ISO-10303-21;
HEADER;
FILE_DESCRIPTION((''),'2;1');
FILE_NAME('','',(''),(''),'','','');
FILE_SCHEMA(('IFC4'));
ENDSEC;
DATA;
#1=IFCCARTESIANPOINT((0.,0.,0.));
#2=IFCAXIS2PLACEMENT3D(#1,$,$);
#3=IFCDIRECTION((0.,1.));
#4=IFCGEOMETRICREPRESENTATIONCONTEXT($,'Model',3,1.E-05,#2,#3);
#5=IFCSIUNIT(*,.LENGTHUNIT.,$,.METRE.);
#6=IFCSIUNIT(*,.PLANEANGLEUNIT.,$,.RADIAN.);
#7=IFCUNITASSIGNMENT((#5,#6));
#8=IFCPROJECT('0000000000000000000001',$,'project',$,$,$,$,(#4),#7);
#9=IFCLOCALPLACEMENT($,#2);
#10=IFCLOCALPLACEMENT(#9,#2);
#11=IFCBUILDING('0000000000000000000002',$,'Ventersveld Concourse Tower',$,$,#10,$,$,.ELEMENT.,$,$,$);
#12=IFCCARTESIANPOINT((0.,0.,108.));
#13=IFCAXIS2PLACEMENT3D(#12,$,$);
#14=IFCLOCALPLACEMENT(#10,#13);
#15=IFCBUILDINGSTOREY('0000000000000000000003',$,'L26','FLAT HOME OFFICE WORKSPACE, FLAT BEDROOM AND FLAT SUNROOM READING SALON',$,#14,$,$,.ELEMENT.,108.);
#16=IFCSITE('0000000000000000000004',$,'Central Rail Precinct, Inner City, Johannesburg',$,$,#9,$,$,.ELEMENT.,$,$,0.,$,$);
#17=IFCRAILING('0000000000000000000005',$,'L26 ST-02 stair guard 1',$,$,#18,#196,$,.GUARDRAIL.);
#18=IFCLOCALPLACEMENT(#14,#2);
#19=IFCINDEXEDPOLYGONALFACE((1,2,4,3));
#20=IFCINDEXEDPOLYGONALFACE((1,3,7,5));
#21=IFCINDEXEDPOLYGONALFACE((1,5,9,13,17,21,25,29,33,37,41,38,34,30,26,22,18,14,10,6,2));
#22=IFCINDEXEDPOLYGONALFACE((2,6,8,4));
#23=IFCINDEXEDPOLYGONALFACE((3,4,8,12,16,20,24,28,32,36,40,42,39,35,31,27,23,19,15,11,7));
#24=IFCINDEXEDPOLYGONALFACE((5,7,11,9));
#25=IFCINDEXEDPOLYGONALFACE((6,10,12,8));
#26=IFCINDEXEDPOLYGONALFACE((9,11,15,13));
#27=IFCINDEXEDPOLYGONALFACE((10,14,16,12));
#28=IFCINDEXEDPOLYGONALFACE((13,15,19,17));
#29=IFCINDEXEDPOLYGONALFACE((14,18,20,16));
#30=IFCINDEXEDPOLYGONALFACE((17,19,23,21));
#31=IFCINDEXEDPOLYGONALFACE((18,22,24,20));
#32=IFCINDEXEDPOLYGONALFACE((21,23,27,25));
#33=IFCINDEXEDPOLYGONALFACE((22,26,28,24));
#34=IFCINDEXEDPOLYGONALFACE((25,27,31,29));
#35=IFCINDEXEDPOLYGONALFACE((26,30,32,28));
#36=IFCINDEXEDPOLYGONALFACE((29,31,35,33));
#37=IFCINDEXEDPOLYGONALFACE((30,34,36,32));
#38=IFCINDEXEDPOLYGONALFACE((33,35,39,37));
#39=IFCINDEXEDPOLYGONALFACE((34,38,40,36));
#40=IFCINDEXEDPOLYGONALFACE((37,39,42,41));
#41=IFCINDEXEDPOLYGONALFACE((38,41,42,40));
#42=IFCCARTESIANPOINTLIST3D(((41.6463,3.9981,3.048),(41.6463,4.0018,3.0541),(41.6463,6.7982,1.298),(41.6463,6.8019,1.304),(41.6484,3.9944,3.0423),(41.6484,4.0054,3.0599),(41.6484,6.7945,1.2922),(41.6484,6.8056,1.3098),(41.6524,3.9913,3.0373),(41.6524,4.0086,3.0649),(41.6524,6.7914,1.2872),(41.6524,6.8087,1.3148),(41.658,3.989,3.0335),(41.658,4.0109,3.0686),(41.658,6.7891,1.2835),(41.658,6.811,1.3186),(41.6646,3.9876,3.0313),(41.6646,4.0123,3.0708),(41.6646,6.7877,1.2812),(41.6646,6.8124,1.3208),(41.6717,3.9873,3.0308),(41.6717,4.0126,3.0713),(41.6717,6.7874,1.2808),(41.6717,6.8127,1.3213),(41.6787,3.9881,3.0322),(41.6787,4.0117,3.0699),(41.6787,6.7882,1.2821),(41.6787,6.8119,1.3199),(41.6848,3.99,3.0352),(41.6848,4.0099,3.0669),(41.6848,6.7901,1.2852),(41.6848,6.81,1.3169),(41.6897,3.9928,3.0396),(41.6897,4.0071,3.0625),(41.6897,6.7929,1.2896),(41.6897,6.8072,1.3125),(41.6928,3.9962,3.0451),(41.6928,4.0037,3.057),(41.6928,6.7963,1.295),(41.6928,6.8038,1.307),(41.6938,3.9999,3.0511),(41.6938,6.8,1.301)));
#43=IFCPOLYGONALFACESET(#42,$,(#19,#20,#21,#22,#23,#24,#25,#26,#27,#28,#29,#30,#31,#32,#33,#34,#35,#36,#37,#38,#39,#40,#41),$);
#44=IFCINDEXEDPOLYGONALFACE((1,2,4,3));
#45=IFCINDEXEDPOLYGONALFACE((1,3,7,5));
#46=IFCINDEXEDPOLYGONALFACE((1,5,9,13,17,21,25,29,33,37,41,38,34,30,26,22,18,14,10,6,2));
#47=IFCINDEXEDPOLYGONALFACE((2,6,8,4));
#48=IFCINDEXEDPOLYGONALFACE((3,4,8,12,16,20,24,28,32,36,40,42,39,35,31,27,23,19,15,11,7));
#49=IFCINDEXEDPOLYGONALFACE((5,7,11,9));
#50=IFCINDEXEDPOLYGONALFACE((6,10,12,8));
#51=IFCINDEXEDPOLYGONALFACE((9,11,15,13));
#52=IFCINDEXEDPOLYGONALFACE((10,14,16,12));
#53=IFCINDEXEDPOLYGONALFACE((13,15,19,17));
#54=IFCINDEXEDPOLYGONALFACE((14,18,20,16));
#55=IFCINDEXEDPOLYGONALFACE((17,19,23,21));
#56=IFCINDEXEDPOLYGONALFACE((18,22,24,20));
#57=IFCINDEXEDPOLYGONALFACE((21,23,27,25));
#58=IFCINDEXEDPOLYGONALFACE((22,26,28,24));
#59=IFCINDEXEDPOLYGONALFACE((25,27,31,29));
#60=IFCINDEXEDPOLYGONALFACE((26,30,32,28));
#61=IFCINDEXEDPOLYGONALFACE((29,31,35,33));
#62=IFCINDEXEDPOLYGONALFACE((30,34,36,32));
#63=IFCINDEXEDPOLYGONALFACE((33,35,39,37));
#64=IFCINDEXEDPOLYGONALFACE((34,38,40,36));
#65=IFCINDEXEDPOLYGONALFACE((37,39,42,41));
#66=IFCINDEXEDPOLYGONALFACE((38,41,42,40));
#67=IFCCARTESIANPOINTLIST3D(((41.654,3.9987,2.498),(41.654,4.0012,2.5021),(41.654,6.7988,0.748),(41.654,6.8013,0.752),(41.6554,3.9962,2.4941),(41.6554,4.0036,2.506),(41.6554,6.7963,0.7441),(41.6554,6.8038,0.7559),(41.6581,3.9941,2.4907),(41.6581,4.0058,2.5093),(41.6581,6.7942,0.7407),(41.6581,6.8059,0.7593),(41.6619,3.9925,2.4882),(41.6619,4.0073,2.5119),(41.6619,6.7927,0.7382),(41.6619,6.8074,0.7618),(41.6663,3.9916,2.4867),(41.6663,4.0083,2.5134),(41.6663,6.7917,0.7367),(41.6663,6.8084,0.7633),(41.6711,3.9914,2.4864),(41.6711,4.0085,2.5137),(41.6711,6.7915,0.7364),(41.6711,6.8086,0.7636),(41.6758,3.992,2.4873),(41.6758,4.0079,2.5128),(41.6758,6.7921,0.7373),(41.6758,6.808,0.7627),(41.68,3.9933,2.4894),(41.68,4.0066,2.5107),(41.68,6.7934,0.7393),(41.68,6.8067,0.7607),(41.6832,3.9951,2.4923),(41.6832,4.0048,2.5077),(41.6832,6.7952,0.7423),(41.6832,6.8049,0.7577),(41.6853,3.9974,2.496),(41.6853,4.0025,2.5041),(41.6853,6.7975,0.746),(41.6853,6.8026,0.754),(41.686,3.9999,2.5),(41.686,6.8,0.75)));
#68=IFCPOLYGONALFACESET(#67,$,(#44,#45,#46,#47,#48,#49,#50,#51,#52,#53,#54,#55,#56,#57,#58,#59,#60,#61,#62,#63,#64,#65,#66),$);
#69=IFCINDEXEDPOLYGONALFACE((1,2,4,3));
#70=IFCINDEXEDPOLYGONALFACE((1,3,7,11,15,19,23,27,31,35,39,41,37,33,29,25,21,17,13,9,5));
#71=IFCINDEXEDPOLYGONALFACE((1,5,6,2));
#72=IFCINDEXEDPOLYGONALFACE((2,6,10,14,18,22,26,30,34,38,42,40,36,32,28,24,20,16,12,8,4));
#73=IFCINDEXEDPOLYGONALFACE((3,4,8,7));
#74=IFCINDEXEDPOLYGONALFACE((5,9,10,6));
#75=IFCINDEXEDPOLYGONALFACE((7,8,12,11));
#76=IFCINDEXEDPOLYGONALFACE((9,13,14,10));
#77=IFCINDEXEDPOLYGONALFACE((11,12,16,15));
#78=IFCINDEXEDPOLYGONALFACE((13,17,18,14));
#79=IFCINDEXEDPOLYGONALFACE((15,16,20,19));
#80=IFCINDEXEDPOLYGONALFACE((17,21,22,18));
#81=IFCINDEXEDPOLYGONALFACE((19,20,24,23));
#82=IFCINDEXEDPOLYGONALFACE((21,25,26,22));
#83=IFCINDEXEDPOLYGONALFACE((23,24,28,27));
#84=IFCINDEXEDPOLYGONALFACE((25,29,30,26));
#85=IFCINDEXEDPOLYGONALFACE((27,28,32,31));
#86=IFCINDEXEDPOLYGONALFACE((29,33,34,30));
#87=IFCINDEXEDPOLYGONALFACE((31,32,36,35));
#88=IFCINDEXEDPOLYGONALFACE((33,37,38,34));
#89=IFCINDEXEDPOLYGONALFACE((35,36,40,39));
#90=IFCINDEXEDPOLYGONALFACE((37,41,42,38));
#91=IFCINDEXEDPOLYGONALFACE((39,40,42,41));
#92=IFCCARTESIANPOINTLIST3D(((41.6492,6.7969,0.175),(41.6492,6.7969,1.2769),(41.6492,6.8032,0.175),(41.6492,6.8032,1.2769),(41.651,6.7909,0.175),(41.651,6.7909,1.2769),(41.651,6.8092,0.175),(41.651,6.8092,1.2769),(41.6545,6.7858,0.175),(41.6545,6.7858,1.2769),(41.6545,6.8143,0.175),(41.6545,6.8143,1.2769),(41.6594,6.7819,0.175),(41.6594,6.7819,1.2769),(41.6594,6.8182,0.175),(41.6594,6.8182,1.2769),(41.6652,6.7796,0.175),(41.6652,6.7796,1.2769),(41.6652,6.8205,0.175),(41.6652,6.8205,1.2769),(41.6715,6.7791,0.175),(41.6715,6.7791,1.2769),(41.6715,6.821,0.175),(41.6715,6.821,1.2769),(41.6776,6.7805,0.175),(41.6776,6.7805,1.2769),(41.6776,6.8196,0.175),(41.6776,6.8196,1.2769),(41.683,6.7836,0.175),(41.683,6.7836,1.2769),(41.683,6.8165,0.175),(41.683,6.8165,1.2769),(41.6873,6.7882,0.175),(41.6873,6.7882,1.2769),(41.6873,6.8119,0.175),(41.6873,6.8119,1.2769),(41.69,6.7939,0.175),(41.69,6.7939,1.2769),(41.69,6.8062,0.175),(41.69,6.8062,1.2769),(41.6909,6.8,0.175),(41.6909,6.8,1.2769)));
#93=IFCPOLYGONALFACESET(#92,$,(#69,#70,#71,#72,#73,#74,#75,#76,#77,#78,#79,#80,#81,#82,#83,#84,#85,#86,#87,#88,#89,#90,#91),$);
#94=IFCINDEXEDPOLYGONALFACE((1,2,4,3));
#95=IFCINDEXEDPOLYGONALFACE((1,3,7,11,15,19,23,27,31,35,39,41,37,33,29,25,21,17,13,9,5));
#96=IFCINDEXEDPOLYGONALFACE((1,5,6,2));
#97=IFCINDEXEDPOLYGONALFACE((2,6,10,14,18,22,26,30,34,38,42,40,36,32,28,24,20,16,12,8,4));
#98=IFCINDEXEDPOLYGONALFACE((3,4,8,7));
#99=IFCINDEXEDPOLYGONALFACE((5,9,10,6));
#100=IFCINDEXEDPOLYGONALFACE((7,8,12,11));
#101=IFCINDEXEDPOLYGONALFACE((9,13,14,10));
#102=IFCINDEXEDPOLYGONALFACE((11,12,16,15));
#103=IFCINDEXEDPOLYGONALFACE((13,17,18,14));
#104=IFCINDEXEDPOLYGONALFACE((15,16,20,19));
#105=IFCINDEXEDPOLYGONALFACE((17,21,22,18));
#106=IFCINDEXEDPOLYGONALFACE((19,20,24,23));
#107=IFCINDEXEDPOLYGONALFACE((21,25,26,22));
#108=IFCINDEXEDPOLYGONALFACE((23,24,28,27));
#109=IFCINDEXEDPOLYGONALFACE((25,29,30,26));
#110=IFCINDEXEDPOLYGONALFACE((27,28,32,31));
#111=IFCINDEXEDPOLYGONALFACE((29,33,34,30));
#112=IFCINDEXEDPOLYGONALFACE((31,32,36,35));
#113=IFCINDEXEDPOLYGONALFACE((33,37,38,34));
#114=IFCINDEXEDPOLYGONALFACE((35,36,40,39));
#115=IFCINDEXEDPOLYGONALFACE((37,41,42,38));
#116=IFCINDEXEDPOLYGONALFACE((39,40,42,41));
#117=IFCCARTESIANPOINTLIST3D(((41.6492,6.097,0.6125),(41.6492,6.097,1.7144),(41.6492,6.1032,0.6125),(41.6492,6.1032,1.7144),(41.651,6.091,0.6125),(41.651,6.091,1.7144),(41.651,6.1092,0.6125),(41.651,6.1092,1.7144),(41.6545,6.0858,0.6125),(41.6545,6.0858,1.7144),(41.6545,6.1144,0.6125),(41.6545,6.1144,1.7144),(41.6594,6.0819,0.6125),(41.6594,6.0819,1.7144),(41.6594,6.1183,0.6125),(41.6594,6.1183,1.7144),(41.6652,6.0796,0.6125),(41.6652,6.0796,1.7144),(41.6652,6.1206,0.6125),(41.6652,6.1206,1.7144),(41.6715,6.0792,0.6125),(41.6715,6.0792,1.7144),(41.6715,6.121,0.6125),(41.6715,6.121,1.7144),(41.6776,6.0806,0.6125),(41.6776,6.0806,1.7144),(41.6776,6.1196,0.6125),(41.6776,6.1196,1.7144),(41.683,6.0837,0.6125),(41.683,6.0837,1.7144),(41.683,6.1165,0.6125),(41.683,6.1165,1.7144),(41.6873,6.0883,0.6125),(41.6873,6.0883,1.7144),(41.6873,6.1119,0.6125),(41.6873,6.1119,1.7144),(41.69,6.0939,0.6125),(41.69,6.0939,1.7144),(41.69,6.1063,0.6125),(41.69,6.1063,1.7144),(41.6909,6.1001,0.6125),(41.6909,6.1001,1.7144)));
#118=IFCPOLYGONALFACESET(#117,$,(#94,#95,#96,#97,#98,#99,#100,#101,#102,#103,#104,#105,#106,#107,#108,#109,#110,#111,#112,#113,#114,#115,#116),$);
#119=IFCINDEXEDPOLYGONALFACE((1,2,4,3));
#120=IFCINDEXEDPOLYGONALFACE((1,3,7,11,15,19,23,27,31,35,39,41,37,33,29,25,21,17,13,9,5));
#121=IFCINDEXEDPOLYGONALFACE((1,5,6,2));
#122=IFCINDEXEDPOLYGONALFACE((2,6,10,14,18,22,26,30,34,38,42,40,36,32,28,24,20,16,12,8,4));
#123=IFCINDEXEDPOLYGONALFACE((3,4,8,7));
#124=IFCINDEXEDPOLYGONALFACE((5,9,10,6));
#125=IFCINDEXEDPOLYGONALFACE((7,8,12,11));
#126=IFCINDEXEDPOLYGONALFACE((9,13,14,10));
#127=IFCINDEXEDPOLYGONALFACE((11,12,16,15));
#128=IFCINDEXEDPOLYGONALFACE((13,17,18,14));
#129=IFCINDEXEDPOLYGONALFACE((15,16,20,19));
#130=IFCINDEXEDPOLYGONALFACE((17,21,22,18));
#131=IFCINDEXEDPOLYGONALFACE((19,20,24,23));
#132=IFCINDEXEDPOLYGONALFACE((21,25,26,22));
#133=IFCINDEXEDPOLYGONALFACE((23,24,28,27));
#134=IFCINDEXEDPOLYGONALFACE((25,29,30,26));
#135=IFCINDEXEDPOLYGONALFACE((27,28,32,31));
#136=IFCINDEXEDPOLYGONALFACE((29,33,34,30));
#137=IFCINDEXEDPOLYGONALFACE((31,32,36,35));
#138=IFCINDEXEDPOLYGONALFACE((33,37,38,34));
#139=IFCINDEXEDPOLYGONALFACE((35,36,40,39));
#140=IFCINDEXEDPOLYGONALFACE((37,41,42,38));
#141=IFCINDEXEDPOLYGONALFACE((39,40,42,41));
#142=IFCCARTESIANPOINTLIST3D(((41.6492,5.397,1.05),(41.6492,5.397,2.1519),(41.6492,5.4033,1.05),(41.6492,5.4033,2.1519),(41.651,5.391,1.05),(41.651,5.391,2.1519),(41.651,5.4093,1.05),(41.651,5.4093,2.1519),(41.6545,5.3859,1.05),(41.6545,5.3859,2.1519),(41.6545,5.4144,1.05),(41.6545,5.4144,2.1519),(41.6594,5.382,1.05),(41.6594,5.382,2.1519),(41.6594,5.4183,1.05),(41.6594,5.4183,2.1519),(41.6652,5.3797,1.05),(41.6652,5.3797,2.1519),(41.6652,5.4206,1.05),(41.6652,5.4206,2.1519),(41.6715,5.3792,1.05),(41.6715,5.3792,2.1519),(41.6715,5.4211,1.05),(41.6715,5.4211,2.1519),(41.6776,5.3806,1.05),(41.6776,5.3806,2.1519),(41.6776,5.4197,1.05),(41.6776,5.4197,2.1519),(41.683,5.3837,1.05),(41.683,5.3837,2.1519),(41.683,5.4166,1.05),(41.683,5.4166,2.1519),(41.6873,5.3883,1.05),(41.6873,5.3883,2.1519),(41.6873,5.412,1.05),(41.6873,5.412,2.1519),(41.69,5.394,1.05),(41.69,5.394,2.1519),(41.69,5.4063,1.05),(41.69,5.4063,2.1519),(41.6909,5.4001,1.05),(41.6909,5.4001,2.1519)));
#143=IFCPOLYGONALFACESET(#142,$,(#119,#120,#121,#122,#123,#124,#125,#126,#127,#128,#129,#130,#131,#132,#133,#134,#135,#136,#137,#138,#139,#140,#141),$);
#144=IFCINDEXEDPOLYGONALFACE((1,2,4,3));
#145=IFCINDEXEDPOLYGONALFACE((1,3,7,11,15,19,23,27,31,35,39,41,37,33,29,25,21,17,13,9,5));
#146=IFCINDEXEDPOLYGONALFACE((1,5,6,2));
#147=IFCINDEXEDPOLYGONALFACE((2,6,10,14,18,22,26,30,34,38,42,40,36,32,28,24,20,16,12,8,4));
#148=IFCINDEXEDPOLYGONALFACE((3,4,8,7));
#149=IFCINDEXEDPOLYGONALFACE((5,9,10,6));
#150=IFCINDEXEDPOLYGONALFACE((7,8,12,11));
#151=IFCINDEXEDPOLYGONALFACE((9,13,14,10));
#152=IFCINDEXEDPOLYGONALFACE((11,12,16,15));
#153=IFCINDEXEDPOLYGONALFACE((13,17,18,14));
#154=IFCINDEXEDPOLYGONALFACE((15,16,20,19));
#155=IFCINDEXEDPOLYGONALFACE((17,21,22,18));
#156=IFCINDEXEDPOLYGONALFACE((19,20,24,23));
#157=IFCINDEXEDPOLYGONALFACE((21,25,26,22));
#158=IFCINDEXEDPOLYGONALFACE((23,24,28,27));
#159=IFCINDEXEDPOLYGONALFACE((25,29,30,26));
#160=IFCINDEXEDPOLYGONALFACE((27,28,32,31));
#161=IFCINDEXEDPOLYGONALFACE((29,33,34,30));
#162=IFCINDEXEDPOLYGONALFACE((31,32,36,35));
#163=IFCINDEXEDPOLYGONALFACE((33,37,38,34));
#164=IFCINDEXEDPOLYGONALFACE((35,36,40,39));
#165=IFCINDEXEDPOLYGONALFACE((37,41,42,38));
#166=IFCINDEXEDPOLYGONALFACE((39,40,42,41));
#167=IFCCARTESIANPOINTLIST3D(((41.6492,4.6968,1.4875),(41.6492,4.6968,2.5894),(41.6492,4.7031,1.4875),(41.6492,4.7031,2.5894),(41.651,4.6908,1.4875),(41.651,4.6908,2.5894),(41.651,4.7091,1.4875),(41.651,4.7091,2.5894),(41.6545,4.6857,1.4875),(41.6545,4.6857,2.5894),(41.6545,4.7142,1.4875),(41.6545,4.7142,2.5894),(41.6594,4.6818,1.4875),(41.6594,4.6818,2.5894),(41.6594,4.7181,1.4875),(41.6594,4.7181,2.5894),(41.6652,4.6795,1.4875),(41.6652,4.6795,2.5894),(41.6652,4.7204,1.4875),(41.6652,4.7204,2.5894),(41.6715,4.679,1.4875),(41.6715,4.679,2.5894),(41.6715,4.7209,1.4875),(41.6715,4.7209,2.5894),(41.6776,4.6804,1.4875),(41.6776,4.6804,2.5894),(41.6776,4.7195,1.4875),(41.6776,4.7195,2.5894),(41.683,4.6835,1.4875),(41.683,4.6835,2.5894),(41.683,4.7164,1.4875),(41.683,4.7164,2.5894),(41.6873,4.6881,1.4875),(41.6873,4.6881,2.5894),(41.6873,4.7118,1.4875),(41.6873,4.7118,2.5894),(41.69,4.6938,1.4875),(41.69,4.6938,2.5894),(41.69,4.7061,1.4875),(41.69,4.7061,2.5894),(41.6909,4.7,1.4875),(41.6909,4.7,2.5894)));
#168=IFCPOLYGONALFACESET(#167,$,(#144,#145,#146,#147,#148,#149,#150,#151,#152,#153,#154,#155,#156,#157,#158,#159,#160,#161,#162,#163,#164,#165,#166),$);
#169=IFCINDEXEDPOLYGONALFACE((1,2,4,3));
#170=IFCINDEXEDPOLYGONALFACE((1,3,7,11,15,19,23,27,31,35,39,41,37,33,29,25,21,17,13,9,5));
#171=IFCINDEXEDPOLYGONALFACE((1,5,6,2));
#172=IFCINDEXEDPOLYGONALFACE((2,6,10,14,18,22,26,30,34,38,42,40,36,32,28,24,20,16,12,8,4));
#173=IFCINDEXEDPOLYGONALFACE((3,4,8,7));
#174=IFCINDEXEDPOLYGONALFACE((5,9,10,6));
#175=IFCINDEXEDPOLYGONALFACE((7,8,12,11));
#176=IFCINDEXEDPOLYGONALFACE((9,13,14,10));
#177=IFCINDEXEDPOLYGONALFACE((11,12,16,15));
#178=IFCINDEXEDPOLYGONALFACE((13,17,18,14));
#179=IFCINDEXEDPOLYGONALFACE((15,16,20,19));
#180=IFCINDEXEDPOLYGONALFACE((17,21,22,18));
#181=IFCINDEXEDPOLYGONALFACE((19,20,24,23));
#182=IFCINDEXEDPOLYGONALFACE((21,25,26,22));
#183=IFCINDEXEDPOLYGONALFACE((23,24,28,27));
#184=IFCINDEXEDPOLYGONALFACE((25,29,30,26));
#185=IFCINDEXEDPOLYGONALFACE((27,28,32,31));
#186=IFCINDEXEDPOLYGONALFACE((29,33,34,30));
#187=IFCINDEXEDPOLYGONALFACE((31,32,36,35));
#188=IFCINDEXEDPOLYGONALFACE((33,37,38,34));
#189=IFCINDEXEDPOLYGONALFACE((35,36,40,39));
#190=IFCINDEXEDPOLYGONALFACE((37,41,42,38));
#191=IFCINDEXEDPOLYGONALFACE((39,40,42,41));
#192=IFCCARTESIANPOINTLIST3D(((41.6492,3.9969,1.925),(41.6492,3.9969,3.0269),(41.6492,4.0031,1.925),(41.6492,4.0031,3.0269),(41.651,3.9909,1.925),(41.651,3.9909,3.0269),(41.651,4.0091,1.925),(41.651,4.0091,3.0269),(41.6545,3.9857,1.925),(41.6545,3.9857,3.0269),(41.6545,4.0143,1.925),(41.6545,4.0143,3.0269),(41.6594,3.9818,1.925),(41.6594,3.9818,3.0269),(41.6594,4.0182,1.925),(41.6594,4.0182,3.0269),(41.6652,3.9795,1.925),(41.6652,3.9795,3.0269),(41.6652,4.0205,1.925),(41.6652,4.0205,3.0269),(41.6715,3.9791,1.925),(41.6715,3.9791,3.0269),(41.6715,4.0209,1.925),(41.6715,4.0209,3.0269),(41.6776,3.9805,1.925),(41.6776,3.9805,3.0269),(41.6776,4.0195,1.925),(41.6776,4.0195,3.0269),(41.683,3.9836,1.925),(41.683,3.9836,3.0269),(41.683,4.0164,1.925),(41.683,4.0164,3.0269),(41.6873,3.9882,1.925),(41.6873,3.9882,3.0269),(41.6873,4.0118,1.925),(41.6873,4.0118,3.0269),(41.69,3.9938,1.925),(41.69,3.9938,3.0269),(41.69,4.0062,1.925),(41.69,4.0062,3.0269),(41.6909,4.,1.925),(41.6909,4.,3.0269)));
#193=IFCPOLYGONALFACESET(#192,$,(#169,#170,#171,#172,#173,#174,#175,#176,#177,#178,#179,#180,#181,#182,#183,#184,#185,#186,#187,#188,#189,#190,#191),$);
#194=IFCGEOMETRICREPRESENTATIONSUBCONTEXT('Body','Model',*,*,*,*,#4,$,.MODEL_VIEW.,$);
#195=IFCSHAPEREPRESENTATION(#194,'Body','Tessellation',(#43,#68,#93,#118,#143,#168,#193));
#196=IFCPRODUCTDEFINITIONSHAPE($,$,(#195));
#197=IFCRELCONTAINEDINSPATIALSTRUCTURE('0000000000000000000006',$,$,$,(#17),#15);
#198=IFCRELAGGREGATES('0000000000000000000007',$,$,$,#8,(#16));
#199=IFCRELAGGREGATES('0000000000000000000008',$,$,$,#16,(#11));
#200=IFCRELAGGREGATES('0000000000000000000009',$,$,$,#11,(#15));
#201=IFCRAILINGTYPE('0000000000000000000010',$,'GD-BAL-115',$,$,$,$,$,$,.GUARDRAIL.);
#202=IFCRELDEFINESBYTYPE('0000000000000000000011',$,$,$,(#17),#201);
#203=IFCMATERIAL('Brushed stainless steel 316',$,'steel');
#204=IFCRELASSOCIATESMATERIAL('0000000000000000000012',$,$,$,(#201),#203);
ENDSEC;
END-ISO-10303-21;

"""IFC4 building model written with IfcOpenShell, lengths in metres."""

from ifc_helpers import new_model, si_unit, direction, frame, origin, origin_2d, place, context, subcontext, project, spatial, circle, extrude, material, type_object, element, save


model = new_model("IFC4")

# Units and contexts
model_context = context("Model", 3, precision=1e-05, world=origin(), true_north=direction((0.0, 1.0)))
body_context = subcontext(model_context, "Body", "Model", "MODEL_VIEW")
ifc_project = project(units=[si_unit("LENGTHUNIT", "METRE"), si_unit("PLANEANGLEUNIT", "RADIAN")], contexts=[model_context])

# Site, building, storey
site_placement = place(None, origin())
site = spatial("IfcSite", under=ifc_project, at=site_placement, Name="Central Rail Precinct, Inner City, Johannesburg", CompositionType="ELEMENT", RefElevation=0.0)
building_placement = place(site_placement, origin())
building = spatial("IfcBuilding", under=site, at=building_placement, Name="Ventersveld Concourse Tower", CompositionType="ELEMENT")
storey_placement = place(building_placement, frame((0.0, 0.0, 108.0)))
storey = spatial("IfcBuildingStorey", under=building, at=storey_placement, Name="L26", Description="FLAT HOME OFFICE WORKSPACE, FLAT BEDROOM AND FLAT SUNROOM READING SALON", CompositionType="ELEMENT", Elevation=108.0)

# Shared definitions
ifc_material_1 = material(Name="Brushed stainless steel 316", Category="steel")

# Railing
railing_type_1 = type_object("IfcRailingType", Name="GD-BAL-115", PredefinedType="GUARDRAIL", material=ifc_material_1)
railing_1_placement = place(storey_placement, frame((41.6699, 6.8, 0.175)))
element("IfcRailing", 1, at=railing_1_placement, inside=storey, type_object=railing_type_1, Name="L26 ST-02 stair guard 1", PredefinedType="GUARDRAIL", context=body_context, shape_type="SweptSolid", body=[
    extrude(circle(Radius=0.0239, at=origin_2d()), frame((0.0, 0.0, 1.126), z_axis=(0.0, -0.848002, 0.529992), x_axis=(1.0, 0.0, 0.0)), (0.0, 0.0, 1.0), 3.302),
    extrude(circle(Radius=0.0161, at=origin_2d()), frame((0.0, 0.0, 0.575), z_axis=(0.0, -0.848002, 0.529992), x_axis=(1.0, 0.0, 0.0)), (0.0, 0.0, 1.0), 3.302),
    extrude(circle(Radius=0.021, at=origin_2d()), origin(), (0.0, 0.0, 1.0), 1.1018),
    extrude(circle(Radius=0.021, at=origin_2d()), frame((0.0, -0.7, 0.4375)), (0.0, 0.0, 1.0), 1.1018),
    extrude(circle(Radius=0.021, at=origin_2d()), frame((0.0, -1.3999, 0.875)), (0.0, 0.0, 1.0), 1.1018),
    extrude(circle(Radius=0.021, at=origin_2d()), frame((0.0, -2.1001, 1.3125)), (0.0, 0.0, 1.0), 1.1018),
    extrude(circle(Radius=0.021, at=origin_2d()), frame((0.0, -2.8, 1.75)), (0.0, 0.0, 1.0), 1.1018),
])

save(model, "model.ifc")
